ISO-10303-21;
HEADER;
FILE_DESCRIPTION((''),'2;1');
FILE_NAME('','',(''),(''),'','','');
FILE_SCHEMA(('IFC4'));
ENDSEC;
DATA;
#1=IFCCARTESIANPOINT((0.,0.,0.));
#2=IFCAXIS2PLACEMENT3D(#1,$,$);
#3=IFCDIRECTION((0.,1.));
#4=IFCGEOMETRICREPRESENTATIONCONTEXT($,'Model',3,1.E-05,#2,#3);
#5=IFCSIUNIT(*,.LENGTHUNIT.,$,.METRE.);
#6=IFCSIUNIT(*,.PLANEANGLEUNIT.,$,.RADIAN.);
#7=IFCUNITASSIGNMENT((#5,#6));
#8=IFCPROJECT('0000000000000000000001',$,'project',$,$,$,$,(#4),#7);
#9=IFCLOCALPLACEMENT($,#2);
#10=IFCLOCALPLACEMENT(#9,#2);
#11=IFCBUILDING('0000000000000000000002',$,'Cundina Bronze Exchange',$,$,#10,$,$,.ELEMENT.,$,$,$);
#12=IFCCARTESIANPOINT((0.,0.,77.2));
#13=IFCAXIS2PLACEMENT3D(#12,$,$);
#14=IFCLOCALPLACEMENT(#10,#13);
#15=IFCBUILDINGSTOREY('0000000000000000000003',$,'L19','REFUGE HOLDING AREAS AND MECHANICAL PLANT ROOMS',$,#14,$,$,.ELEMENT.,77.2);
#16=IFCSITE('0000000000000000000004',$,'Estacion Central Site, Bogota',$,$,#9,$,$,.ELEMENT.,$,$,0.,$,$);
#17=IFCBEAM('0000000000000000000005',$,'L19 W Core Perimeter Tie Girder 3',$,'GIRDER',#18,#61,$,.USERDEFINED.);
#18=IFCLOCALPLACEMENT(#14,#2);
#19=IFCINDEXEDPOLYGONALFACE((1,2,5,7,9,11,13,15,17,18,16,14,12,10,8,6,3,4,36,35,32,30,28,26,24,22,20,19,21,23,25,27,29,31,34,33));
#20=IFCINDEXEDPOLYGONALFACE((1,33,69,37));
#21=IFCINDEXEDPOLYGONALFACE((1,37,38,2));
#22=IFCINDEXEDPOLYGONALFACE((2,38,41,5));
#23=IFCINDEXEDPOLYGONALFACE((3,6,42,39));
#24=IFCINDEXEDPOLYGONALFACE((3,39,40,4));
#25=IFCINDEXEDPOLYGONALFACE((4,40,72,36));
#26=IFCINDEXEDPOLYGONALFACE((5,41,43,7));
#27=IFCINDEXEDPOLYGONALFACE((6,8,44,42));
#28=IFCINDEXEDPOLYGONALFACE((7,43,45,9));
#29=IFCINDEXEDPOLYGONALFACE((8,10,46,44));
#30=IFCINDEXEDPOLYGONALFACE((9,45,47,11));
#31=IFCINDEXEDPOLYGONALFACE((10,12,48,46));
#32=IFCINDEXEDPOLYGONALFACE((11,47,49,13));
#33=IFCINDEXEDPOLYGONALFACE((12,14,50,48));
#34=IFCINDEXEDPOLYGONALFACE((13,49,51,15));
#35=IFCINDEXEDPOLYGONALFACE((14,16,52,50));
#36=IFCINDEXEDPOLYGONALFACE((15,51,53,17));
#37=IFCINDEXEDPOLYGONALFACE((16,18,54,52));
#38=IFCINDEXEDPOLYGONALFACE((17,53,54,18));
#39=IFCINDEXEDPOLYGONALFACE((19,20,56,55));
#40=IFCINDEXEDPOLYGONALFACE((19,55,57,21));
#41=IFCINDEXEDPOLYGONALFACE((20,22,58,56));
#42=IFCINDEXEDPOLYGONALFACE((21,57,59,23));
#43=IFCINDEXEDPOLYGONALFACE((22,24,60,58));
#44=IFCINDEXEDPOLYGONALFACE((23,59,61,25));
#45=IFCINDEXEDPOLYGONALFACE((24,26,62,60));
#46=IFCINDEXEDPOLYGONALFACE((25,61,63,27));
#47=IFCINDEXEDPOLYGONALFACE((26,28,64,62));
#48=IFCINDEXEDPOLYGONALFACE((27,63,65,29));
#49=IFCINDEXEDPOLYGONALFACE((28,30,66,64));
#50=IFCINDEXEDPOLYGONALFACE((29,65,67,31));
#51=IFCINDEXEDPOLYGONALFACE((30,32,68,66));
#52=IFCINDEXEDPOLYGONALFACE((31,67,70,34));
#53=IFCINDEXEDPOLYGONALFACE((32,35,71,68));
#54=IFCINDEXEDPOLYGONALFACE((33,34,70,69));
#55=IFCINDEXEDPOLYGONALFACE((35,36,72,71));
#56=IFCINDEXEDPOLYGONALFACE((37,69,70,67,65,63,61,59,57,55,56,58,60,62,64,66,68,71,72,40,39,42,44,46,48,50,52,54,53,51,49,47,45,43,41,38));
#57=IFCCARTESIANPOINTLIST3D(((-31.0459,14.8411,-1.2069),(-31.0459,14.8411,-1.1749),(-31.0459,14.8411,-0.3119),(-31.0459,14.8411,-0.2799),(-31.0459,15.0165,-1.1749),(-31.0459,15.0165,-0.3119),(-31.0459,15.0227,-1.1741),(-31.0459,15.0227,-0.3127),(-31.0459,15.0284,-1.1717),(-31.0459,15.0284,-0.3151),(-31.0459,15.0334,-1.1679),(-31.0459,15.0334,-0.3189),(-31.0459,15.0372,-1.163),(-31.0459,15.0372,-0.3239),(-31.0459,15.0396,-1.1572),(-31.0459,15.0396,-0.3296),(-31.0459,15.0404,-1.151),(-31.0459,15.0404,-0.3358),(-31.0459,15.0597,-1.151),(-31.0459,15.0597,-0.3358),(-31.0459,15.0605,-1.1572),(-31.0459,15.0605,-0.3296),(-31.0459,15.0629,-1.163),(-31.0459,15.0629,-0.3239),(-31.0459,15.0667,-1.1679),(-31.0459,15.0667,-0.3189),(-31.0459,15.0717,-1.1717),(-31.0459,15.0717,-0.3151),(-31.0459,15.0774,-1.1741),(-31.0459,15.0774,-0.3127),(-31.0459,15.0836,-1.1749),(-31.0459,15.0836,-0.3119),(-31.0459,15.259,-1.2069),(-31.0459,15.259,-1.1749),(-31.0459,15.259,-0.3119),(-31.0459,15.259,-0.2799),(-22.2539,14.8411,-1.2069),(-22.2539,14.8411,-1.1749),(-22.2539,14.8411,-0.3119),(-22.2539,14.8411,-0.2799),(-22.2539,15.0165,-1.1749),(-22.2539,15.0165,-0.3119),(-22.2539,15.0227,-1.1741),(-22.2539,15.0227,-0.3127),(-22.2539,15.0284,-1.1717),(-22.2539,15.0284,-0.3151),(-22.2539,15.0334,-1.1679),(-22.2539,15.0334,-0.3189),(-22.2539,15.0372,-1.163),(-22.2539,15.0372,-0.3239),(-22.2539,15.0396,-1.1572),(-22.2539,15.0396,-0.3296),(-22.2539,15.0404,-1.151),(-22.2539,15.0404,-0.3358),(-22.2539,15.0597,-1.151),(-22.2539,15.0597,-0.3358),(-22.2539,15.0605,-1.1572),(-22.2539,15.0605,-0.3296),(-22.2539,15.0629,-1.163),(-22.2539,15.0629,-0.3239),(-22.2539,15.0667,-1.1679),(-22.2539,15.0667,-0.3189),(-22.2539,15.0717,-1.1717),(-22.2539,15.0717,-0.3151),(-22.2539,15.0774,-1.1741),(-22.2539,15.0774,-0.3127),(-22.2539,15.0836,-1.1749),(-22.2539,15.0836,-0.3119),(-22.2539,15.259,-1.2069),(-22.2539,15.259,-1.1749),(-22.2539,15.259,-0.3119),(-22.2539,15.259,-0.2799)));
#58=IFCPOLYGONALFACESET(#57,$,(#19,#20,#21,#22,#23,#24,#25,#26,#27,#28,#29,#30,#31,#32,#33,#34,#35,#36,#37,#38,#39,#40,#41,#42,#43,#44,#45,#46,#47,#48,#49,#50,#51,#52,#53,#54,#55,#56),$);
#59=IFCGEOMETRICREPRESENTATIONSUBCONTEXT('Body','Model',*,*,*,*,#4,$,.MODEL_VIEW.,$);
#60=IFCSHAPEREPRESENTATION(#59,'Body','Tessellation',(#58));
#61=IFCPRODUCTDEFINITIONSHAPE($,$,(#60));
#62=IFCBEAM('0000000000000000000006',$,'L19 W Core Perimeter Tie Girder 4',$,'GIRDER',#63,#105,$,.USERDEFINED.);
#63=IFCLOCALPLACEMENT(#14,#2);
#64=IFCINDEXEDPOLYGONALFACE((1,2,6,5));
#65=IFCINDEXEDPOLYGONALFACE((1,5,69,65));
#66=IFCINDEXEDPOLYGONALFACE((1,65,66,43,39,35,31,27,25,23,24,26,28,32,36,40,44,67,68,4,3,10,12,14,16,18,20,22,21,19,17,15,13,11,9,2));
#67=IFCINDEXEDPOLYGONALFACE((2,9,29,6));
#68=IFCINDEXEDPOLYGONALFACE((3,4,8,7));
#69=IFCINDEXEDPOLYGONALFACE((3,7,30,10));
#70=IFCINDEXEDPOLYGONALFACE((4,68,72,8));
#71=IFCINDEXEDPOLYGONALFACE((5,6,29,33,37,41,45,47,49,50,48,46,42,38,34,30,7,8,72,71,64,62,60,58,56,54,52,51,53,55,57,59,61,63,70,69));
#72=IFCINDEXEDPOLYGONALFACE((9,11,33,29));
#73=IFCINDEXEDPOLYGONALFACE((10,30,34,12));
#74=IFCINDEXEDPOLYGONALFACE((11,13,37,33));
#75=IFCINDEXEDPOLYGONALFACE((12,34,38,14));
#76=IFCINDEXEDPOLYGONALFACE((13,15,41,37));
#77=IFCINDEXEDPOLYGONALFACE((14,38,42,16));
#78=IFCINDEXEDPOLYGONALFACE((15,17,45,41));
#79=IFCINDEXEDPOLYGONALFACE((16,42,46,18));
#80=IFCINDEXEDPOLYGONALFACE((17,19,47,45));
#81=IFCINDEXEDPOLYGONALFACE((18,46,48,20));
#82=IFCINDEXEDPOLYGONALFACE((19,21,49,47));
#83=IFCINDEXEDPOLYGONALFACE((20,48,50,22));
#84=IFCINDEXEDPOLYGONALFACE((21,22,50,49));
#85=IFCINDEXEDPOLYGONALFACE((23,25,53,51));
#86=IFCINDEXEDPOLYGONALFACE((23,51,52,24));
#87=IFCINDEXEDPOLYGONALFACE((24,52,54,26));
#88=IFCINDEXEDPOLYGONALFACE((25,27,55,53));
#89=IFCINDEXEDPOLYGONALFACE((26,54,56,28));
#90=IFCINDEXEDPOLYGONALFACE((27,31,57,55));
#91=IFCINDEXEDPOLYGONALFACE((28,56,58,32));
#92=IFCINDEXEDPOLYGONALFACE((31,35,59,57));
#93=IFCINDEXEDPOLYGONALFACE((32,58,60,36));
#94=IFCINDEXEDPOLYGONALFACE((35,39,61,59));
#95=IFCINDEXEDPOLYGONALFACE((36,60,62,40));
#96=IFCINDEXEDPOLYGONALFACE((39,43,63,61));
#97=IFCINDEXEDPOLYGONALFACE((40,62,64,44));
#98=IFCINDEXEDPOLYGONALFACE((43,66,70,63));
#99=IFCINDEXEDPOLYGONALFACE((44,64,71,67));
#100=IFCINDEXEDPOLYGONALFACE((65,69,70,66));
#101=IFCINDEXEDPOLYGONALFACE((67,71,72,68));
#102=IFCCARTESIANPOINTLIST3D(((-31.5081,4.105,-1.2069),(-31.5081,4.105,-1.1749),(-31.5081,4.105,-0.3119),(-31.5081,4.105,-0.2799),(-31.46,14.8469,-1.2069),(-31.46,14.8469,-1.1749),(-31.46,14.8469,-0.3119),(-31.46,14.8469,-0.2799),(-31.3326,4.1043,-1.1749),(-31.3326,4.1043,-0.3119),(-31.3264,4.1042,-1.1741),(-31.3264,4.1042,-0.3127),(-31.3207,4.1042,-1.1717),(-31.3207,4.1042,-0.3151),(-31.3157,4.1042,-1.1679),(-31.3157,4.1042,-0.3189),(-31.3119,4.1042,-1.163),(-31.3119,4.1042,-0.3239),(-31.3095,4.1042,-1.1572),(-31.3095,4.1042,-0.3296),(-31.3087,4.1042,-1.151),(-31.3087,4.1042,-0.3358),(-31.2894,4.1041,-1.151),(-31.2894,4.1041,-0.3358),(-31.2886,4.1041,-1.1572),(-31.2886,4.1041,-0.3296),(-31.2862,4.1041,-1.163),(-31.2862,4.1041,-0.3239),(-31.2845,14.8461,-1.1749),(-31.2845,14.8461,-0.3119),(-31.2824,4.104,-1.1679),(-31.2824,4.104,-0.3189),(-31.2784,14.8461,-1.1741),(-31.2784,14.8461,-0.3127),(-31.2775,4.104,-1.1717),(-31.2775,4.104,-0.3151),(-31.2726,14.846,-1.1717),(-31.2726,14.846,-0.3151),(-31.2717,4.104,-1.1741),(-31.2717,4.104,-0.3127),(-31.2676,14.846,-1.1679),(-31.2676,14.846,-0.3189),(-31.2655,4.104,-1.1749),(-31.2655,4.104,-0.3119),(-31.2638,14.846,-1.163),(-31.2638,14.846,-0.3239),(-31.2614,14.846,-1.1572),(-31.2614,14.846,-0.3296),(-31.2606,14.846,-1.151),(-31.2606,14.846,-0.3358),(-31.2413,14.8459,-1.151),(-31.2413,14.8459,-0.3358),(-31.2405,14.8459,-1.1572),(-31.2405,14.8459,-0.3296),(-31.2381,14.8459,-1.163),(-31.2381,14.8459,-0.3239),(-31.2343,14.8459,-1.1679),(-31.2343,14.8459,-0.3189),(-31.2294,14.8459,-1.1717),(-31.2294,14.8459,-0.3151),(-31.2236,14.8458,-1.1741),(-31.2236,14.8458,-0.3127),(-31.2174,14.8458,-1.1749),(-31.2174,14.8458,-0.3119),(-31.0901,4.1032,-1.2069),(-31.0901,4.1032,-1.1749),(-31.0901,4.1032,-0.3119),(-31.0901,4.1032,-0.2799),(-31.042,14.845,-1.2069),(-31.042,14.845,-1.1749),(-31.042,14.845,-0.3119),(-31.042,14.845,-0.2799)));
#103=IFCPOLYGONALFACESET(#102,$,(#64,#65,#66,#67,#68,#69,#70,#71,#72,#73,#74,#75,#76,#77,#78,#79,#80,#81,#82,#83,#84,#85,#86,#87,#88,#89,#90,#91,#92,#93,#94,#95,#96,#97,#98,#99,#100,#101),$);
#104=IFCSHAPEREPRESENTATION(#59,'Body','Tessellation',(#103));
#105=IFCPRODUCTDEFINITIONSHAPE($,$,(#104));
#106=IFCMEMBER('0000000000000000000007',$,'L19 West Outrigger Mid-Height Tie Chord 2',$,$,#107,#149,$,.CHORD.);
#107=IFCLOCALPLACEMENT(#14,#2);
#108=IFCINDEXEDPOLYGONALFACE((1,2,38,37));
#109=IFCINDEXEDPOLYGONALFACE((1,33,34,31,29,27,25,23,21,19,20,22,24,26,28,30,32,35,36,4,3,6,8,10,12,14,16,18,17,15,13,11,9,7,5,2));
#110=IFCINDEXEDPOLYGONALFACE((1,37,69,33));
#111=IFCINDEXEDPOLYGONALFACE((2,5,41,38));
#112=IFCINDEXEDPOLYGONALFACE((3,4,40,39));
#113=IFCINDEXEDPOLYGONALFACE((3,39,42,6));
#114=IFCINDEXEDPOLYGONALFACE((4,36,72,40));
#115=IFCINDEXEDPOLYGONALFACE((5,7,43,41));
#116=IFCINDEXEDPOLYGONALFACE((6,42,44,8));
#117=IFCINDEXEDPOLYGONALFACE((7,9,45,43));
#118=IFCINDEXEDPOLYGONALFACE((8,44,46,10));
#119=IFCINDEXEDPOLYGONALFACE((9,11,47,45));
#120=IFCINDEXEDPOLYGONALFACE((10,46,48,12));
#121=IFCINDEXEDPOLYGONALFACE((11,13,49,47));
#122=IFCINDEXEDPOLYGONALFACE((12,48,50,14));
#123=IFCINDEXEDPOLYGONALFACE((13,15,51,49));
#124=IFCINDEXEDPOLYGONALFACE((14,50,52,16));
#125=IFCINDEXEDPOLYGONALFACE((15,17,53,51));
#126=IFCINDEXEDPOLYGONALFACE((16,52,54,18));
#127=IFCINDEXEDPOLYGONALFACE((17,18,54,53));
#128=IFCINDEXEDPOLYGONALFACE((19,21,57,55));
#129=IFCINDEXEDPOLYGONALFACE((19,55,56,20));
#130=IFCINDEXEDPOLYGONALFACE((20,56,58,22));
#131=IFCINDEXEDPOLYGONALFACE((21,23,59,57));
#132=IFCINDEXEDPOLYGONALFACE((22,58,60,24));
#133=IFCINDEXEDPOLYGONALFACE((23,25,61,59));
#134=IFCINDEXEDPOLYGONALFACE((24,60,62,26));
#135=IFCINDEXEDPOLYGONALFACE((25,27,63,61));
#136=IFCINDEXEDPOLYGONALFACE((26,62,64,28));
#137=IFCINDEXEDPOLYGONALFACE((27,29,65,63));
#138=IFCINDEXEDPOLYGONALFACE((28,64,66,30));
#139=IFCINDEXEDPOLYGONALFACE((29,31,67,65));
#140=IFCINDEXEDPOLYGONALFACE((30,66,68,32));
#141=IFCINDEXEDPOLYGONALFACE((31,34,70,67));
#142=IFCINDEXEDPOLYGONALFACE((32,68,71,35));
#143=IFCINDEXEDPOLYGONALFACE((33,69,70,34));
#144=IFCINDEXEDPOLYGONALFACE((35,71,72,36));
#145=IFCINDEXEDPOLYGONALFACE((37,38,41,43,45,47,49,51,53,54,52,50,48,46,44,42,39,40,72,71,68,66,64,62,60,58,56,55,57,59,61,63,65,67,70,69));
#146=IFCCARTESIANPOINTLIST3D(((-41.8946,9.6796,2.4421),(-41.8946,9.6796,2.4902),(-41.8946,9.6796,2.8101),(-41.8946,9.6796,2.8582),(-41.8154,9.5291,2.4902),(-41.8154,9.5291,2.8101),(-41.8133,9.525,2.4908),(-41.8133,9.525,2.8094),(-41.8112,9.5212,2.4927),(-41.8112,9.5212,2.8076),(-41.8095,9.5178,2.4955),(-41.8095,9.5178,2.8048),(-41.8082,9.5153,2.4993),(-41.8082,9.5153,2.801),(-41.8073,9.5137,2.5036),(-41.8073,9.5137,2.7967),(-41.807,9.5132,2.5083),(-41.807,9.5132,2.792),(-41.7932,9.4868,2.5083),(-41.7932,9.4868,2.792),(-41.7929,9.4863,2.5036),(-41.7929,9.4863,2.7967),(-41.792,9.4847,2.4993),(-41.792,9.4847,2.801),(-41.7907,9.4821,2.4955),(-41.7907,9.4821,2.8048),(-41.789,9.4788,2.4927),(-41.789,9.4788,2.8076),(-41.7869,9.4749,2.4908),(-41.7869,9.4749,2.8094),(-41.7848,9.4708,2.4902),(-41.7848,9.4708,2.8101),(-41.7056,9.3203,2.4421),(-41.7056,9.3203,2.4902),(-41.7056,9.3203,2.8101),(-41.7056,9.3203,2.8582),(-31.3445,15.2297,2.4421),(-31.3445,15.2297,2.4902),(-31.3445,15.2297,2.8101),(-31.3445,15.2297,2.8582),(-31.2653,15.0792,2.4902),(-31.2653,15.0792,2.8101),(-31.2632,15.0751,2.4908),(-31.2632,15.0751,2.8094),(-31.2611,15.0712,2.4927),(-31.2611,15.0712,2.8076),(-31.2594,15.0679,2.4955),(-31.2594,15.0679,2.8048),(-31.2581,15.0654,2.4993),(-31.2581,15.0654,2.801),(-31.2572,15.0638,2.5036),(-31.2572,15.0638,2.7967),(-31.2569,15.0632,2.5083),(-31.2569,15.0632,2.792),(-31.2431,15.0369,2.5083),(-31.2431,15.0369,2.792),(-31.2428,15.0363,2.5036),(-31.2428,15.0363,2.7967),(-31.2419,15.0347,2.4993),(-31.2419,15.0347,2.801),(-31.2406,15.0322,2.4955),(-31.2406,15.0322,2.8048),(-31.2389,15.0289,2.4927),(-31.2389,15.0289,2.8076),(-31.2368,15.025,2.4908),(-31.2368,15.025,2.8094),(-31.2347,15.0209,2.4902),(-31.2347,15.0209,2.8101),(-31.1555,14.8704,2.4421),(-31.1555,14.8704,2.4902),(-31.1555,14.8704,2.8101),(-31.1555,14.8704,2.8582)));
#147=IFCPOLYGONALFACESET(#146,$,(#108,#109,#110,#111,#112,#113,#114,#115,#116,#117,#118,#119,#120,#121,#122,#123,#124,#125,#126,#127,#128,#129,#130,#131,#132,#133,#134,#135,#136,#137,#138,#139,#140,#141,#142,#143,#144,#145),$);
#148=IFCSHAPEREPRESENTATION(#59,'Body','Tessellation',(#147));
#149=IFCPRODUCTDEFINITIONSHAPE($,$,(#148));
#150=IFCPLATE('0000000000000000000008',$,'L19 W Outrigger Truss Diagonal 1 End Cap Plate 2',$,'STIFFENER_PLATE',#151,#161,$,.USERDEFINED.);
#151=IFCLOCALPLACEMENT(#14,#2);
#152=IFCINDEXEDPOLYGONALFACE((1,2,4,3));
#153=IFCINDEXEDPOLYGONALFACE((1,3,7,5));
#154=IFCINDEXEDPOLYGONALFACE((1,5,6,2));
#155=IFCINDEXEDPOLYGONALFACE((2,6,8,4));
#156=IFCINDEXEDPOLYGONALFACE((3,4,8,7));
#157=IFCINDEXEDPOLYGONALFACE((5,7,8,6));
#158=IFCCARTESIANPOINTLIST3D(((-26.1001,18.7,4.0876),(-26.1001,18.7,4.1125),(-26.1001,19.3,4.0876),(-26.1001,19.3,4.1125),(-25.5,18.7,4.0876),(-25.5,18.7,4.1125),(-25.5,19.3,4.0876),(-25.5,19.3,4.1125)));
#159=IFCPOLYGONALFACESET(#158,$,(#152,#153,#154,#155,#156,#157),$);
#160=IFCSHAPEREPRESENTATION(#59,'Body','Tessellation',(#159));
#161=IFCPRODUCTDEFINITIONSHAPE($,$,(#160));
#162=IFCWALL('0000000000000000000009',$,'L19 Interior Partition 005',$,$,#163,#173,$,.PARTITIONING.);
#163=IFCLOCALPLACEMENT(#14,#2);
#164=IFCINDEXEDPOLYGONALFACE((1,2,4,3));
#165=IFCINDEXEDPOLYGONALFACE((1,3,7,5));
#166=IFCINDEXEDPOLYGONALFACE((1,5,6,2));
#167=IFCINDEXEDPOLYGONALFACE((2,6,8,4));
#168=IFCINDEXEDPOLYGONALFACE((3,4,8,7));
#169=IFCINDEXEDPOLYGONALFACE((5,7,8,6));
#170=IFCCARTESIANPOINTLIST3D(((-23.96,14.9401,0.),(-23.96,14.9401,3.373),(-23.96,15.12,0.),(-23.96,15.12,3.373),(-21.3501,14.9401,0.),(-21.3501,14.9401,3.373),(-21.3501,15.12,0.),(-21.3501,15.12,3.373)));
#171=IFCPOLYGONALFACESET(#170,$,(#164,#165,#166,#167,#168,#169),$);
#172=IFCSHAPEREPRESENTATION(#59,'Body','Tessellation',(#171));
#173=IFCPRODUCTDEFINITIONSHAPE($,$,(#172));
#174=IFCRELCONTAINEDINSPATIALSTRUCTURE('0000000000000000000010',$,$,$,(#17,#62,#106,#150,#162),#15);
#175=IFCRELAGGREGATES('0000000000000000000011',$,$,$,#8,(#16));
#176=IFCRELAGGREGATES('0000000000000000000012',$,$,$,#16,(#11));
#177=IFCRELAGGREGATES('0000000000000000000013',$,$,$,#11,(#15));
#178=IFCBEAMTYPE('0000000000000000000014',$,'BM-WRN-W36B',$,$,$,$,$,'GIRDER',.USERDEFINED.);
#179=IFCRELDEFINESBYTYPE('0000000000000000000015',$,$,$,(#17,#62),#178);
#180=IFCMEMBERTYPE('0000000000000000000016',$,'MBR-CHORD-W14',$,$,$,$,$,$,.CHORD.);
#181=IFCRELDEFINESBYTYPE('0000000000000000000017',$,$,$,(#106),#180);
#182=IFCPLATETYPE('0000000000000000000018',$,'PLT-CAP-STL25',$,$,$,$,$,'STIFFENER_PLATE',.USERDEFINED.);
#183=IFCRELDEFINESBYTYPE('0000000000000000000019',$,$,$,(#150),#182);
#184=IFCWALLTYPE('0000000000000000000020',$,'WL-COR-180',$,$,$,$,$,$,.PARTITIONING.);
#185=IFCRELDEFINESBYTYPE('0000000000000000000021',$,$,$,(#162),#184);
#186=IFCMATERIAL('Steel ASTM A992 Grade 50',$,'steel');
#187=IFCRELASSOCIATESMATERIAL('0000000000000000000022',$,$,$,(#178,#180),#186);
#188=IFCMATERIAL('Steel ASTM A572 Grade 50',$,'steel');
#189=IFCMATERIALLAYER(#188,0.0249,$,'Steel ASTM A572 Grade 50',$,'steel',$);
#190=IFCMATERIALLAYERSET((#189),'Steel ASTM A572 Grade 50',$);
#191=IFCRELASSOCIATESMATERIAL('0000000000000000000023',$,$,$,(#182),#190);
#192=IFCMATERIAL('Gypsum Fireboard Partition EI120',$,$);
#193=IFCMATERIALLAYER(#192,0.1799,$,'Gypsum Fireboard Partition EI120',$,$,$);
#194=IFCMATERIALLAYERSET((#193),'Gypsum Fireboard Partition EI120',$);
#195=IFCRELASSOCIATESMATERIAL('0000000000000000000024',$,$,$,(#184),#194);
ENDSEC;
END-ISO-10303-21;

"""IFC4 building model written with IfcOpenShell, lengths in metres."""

from ifc_helpers import new_model, si_unit, direction, frame, frame_2d, origin, origin_2d, place, context, subcontext, project, spatial, rectangle, i_section, extrude, material, layer, layer_set, material_profile, profile_set, type_object, element, save


model = new_model("IFC4")

# Units and contexts
model_context = context("Model", 3, precision=1e-05, world=origin(), true_north=direction((0.0, 1.0)))
body_context = subcontext(model_context, "Body", "Model", "MODEL_VIEW")
ifc_project = project(units=[si_unit("LENGTHUNIT", "METRE"), si_unit("PLANEANGLEUNIT", "RADIAN")], contexts=[model_context])

# Site, building, storey
site_placement = place(None, origin())
site = spatial("IfcSite", under=ifc_project, at=site_placement, Name="Estacion Central Site, Bogota", CompositionType="ELEMENT", RefElevation=0.0)
building_placement = place(site_placement, origin())
building = spatial("IfcBuilding", under=site, at=building_placement, Name="Cundina Bronze Exchange", CompositionType="ELEMENT")
storey_placement = place(building_placement, frame((0.0, 0.0, 77.2)))
storey = spatial("IfcBuildingStorey", under=building, at=storey_placement, Name="L19", Description="REFUGE HOLDING AREAS AND MECHANICAL PLANT ROOMS", CompositionType="ELEMENT", Elevation=77.2)

# Shared definitions
ifc_material_1 = material(Name="Steel ASTM A992 Grade 50", Category="steel")

# Beams
ifc_material_profile_1 = material_profile(ifc_material_1, i_section(OverallWidth=0.418, OverallDepth=0.927, WebThickness=0.0193, FlangeThickness=0.032, FilletRadius=0.0239, at=origin_2d()), Name="W36X231", Category="steel")
ifc_profile_set_1 = profile_set([ifc_material_profile_1], Name="Steel ASTM A992 Grade 50")
beam_type_1 = type_object("IfcBeamType", Name="BM-WRN-W36B", ElementType="GIRDER", PredefinedType="USERDEFINED", material=ifc_profile_set_1)
beam_1_placement = place(storey_placement, frame((-22.2539, 15.05, -0.7434), z_axis=(-1.0, 0.0, 0.0), x_axis=(0.0, -1.0, 0.0)))
element("IfcBeam", 1, at=beam_1_placement, inside=storey, type_object=beam_type_1, Name="L19 W Core Perimeter Tie Girder 3", ObjectType="GIRDER", PredefinedType="USERDEFINED", context=body_context, shape_type="SweptSolid", body=[
    extrude(i_section(OverallWidth=0.418, OverallDepth=0.927, WebThickness=0.0193, FlangeThickness=0.032, FilletRadius=0.0239, at=origin_2d()), origin(), (0.0, 0.0, 1.0), 8.792),
])
beam_2_placement = place(storey_placement, frame((-31.251, 14.8459, -0.7434), z_axis=(-0.004477, -0.99999, 0.0), x_axis=(0.99999, -0.004477, 0.0)))
element("IfcBeam", 2, at=beam_2_placement, inside=storey, type_object=beam_type_1, Name="L19 W Core Perimeter Tie Girder 4", ObjectType="GIRDER", PredefinedType="USERDEFINED", context=body_context, shape_type="SweptSolid", body=[
    extrude(i_section(OverallWidth=0.418, OverallDepth=0.927, WebThickness=0.0193, FlangeThickness=0.032, FilletRadius=0.0239, at=origin_2d()), origin(), (0.0, 0.0, 1.0), 10.7419),
])

# Member
ifc_material_profile_2 = material_profile(ifc_material_1, i_section(OverallWidth=0.406, OverallDepth=0.416, WebThickness=0.0298, FlangeThickness=0.0481, FilletRadius=0.0181, at=origin_2d()), Name="W14X257", Category="steel")
ifc_profile_set_2 = profile_set([ifc_material_profile_2], Name="Steel ASTM A992 Grade 50")
member_type = type_object("IfcMemberType", Name="MBR-CHORD-W14", PredefinedType="CHORD", material=ifc_profile_set_2)
member_placement = place(storey_placement, frame((-31.25, 15.05, 2.6501), z_axis=(-0.885008, -0.465575, 0.0), x_axis=(0.465575, -0.885008, 0.0)))
element("IfcMember", 3, at=member_placement, inside=storey, type_object=member_type, Name="L19 West Outrigger Mid-Height Tie Chord 2", PredefinedType="CHORD", context=body_context, shape_type="SweptSolid", body=[
    extrude(i_section(OverallWidth=0.406, OverallDepth=0.416, WebThickness=0.0298, FlangeThickness=0.0481, FilletRadius=0.0181, at=origin_2d()), origin(), (0.0, 0.0, 1.0), 11.9209),
])

# Plate
ifc_material_2 = material(Name="Steel ASTM A572 Grade 50", Category="steel")
ifc_layer_1 = layer(ifc_material_2, 0.0249, Name="Steel ASTM A572 Grade 50", Category="steel")
ifc_layer_set_1 = layer_set([ifc_layer_1], Name="Steel ASTM A572 Grade 50")
plate_type = type_object("IfcPlateType", Name="PLT-CAP-STL25", ElementType="STIFFENER_PLATE", PredefinedType="USERDEFINED", material=ifc_layer_set_1)
plate_placement = place(storey_placement, frame((-25.8, 19.0, 4.0876), z_axis=(0.0, 0.0, 1.0), x_axis=(1.0, 0.0, 0.0)))
element("IfcPlate", 4, at=plate_placement, inside=storey, type_object=plate_type, Name="L19 W Outrigger Truss Diagonal 1 End Cap Plate 2", ObjectType="STIFFENER_PLATE", PredefinedType="USERDEFINED", context=body_context, shape_type="SweptSolid", body=[
    extrude(rectangle(XDim=0.6001, YDim=0.6001, at=origin_2d()), origin(), (0.0, 0.0, 1.0), 0.0249),
])

# Wall
ifc_material_3 = material(Name="Gypsum Fireboard Partition EI120")
ifc_layer_2 = layer(ifc_material_3, 0.1799, Name="Gypsum Fireboard Partition EI120")
ifc_layer_set_2 = layer_set([ifc_layer_2], Name="Gypsum Fireboard Partition EI120")
wall_type_1 = type_object("IfcWallType", Name="WL-COR-180", PredefinedType="PARTITIONING", material=ifc_layer_set_2)
wall_1_placement = place(storey_placement, frame((-23.96, 15.03, 0.0), z_axis=(0.0, 0.0, 1.0), x_axis=(1.0, 0.0, 0.0)))
element("IfcWall", 5, at=wall_1_placement, inside=storey, type_object=wall_type_1, Name="L19 Interior Partition 005", PredefinedType="PARTITIONING", context=body_context, shape_type="SweptSolid", body=[
    extrude(rectangle(XDim=2.6099, YDim=0.1799, at=frame_2d((1.3049, 0.0))), origin(), (0.0, 0.0, 1.0), 3.373),
])

save(model, "model.ifc")
